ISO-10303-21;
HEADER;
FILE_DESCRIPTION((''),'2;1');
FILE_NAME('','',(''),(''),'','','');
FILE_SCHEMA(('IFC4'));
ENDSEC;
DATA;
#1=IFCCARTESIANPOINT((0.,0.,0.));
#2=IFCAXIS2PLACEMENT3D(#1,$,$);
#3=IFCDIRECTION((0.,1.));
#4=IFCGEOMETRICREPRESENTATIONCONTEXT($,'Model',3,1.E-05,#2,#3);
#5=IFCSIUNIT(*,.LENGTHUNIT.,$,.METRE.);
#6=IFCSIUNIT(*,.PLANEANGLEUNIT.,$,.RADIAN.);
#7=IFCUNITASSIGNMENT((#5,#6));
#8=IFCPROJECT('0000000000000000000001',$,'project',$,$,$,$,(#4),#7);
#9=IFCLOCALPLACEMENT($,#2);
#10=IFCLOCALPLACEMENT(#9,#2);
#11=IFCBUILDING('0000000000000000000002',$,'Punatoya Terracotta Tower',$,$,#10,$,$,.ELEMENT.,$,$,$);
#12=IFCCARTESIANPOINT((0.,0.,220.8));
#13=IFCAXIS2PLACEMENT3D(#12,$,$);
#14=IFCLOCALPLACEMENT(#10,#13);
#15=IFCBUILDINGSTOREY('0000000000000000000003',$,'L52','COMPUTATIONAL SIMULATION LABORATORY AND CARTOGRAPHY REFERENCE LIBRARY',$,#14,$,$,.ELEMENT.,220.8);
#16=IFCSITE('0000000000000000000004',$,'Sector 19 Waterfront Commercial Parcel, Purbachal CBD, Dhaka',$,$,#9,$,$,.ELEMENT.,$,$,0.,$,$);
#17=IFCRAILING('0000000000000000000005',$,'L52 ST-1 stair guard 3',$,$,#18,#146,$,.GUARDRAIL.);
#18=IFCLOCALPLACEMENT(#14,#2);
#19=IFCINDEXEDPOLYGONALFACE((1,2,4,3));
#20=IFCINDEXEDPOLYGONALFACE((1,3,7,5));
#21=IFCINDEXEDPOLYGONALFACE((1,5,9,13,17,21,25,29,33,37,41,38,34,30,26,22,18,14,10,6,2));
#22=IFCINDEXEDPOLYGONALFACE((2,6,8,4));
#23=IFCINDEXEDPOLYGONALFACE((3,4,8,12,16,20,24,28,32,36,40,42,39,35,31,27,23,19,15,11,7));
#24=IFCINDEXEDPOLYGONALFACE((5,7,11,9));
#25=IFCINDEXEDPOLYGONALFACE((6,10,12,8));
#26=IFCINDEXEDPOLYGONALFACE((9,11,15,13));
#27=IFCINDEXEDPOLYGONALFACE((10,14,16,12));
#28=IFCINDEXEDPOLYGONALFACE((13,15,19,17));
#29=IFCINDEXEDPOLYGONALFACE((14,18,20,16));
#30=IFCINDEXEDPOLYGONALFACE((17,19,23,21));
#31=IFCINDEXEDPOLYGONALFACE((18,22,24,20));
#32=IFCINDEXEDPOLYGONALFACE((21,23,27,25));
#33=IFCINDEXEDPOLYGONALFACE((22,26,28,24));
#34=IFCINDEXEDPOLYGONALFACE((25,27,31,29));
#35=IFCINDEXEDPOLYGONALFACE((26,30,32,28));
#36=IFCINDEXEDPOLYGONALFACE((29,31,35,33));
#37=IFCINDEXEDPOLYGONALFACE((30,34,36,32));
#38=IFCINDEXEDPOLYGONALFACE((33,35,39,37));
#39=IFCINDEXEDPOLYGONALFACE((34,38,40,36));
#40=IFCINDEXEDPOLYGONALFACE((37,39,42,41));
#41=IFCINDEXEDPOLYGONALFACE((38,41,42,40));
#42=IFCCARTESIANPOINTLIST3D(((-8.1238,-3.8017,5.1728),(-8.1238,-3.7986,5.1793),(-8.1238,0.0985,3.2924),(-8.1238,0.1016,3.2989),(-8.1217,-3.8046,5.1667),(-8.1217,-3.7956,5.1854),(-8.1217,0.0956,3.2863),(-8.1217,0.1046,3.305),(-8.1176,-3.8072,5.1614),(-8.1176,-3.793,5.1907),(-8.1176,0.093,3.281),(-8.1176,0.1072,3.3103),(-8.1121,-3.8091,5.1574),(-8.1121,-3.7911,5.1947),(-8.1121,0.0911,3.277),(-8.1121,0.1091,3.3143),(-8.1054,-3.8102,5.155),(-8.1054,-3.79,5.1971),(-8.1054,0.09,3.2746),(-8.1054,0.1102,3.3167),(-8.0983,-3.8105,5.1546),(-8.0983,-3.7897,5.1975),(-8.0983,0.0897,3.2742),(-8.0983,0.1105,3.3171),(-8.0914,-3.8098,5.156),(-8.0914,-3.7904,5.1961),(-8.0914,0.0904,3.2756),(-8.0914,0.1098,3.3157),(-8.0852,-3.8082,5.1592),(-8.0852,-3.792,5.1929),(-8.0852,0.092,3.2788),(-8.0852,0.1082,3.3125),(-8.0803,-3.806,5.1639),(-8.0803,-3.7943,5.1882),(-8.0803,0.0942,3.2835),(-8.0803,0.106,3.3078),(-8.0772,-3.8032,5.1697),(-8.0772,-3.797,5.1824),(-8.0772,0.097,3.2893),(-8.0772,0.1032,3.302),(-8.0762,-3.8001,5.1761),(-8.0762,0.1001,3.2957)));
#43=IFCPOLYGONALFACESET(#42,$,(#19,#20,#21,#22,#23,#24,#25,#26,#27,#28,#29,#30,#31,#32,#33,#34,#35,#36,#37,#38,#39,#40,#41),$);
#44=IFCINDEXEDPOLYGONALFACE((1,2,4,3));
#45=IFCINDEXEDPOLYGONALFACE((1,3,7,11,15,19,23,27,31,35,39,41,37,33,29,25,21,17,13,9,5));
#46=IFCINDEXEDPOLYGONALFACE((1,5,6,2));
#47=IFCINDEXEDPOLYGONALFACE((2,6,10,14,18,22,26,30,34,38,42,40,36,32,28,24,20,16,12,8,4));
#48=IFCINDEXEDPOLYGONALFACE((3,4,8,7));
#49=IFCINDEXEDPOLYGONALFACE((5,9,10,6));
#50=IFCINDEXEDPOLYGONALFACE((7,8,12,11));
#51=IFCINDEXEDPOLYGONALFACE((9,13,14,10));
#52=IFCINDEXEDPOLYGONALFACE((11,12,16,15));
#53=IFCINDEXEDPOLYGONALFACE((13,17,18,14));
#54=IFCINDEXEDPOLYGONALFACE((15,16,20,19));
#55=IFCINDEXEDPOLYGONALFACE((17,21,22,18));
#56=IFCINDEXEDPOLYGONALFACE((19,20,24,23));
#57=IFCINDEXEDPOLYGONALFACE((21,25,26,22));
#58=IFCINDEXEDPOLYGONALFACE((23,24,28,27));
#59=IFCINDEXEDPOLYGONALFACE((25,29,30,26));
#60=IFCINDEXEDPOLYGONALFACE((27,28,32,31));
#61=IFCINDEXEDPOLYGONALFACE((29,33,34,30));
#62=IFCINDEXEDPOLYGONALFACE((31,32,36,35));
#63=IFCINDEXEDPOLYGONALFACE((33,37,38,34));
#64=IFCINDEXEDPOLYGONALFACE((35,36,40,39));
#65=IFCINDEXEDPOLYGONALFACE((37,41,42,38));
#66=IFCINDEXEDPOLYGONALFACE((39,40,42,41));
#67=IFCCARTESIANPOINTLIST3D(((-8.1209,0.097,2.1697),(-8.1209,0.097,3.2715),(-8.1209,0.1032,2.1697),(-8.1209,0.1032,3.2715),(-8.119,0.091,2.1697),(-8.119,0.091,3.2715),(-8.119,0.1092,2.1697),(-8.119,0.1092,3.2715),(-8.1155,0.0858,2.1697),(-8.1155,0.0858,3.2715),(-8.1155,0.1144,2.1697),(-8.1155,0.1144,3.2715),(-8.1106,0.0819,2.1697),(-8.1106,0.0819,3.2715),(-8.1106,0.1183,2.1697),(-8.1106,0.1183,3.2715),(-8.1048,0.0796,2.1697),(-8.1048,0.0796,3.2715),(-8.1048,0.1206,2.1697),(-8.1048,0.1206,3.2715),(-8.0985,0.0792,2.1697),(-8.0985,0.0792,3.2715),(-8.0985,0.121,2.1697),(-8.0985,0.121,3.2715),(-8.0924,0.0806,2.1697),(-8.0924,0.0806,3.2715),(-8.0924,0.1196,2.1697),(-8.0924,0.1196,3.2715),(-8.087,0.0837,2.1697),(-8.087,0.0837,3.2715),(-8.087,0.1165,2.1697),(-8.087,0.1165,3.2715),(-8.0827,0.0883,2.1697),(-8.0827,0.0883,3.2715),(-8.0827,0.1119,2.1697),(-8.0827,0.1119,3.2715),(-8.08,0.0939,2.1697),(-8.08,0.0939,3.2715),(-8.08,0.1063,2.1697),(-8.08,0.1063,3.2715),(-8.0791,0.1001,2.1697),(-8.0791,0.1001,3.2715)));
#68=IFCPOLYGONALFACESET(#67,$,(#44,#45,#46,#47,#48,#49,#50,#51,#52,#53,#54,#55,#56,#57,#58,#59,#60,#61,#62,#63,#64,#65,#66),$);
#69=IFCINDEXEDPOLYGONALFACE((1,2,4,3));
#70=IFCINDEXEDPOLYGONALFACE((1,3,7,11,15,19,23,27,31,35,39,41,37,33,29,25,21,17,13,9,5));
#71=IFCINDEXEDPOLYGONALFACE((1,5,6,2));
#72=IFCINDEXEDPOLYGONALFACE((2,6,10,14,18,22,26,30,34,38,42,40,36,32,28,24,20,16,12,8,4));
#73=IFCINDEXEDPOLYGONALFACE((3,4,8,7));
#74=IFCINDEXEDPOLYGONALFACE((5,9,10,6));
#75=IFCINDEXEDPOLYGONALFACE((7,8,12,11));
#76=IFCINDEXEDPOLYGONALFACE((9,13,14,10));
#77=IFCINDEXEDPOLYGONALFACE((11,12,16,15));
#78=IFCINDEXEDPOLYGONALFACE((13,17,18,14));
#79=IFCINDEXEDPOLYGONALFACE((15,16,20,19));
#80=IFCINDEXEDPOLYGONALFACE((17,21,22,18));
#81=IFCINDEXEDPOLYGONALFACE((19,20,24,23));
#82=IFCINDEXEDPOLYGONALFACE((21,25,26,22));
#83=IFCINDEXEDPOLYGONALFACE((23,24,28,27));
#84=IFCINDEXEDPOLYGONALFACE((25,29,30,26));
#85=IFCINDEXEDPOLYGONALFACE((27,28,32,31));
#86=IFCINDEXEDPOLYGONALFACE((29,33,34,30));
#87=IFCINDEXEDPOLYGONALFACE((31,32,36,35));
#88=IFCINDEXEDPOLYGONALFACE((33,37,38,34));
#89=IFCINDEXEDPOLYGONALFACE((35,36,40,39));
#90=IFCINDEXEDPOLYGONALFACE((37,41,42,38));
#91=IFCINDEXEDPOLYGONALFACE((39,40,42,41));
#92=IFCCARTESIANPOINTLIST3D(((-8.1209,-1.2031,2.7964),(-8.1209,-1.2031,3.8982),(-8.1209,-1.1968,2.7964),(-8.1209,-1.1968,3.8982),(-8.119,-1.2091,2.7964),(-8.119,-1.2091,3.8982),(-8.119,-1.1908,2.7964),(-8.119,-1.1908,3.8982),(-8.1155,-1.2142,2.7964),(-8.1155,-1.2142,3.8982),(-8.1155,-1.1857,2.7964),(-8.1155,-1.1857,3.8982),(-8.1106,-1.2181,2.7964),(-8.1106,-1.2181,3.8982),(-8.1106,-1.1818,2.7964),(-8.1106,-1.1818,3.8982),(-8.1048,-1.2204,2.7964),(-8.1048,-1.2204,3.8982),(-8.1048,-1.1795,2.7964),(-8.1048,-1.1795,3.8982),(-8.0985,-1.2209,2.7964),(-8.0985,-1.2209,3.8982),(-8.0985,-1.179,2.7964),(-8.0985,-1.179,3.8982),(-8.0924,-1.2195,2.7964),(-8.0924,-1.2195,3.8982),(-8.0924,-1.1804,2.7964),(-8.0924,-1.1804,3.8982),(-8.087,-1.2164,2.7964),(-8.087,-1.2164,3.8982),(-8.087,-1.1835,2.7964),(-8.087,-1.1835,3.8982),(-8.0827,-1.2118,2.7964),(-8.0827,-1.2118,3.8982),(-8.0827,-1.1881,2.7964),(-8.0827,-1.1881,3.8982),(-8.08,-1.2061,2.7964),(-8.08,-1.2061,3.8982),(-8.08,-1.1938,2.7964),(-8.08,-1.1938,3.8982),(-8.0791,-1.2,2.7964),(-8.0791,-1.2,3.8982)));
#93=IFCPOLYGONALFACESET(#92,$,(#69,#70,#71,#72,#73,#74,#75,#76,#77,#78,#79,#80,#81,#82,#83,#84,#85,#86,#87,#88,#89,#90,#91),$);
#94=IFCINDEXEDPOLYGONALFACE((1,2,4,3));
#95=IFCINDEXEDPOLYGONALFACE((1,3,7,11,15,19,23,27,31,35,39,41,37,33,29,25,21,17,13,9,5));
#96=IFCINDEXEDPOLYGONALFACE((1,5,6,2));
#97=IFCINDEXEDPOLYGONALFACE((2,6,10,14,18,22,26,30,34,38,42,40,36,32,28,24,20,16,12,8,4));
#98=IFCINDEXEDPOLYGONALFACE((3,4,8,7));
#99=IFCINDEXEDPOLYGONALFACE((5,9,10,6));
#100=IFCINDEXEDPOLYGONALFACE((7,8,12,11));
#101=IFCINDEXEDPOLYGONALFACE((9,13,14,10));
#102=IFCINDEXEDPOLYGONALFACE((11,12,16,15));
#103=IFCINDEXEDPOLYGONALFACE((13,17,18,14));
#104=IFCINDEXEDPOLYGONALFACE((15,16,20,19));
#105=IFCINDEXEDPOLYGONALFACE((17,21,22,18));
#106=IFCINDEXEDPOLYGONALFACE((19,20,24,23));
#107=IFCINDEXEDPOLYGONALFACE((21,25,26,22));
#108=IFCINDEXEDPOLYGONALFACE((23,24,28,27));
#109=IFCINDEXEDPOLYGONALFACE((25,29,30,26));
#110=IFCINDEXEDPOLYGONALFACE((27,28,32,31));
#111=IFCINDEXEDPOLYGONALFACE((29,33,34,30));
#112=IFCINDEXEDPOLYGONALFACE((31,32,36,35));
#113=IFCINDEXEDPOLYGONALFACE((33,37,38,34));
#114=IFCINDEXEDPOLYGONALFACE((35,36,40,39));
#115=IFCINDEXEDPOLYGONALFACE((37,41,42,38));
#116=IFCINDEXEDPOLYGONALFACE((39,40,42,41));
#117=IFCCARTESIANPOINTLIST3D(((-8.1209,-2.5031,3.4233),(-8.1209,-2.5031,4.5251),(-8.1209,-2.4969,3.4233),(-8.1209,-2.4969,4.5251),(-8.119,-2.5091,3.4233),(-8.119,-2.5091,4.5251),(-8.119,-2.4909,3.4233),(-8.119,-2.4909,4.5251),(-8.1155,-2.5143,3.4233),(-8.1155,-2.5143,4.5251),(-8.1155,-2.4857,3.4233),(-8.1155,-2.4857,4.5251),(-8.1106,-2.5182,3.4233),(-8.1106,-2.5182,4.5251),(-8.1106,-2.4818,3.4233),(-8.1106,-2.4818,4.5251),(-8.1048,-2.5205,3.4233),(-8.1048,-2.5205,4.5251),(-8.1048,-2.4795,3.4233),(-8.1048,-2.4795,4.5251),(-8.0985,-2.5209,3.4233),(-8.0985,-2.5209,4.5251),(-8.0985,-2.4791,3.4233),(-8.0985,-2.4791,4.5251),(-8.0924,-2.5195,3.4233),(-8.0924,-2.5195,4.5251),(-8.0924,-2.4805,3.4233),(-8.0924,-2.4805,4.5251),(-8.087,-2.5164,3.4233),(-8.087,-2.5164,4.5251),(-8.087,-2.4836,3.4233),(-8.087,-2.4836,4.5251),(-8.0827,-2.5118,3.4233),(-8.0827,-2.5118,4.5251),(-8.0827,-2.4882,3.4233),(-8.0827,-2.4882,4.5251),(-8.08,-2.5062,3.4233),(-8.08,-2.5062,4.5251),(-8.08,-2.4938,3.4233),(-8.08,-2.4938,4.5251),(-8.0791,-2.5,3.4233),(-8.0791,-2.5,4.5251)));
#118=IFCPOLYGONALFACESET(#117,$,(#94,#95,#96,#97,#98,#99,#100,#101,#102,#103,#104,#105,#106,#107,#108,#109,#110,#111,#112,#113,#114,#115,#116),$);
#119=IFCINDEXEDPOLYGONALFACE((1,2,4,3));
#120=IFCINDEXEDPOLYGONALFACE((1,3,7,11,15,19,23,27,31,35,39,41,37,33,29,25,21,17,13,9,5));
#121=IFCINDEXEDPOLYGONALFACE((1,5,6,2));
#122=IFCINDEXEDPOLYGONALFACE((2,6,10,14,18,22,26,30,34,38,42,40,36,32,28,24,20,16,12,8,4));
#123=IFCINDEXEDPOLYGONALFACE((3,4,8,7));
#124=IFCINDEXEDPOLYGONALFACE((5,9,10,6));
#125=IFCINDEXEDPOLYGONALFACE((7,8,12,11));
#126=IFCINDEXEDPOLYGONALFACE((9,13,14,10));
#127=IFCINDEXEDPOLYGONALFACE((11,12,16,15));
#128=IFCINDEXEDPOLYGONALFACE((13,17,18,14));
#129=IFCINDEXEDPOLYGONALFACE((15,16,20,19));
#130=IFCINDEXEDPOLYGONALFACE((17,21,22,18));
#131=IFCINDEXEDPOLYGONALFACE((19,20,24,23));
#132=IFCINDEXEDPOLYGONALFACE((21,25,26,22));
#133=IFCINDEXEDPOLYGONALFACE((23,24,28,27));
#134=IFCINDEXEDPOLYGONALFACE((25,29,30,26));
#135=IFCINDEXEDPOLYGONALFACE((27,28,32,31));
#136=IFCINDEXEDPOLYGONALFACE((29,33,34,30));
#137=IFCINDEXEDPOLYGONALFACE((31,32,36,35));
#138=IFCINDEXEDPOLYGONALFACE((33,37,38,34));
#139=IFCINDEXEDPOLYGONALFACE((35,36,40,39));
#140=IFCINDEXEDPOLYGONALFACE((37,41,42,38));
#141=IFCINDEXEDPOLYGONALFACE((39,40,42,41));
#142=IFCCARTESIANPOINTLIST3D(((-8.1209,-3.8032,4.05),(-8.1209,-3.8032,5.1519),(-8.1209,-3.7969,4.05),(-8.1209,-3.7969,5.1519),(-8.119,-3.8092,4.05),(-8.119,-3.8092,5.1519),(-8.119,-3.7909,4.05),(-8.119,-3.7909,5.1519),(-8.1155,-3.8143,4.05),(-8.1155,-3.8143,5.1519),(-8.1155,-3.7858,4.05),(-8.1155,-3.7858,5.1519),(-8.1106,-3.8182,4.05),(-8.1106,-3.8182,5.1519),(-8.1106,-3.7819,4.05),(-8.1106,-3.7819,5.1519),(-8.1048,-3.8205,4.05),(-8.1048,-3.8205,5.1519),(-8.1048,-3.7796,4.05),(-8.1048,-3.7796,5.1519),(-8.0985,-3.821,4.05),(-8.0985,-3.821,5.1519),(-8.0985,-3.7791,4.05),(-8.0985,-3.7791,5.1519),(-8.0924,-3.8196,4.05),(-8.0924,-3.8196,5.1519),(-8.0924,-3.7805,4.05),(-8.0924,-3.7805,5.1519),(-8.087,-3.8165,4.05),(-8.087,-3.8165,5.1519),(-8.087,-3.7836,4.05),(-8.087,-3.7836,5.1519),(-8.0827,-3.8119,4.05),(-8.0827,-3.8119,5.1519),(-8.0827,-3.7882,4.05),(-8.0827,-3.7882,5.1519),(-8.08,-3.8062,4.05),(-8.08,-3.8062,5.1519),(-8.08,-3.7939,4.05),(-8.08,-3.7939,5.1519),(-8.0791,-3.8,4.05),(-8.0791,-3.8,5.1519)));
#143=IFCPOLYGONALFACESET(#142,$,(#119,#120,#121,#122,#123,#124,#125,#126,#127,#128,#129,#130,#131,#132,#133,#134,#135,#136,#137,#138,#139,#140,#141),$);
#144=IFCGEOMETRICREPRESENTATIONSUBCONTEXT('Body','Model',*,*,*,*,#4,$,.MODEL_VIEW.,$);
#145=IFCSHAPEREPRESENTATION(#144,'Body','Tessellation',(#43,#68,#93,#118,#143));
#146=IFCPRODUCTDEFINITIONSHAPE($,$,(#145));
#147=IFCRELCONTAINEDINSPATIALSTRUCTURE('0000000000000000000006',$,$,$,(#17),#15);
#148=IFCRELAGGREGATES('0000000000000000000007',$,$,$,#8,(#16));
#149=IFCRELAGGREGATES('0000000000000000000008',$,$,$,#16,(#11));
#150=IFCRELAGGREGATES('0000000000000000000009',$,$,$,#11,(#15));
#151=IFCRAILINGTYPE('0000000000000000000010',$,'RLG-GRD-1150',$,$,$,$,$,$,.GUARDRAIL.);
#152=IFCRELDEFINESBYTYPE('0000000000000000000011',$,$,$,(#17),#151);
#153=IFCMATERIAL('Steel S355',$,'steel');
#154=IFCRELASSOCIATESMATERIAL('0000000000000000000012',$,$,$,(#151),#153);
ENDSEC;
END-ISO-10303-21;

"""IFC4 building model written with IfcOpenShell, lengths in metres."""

from ifc_helpers import new_model, si_unit, direction, frame, origin, origin_2d, place, context, subcontext, project, spatial, circle, extrude, material, type_object, element, save


model = new_model("IFC4")

# Units and contexts
model_context = context("Model", 3, precision=1e-05, world=origin(), true_north=direction((0.0, 1.0)))
body_context = subcontext(model_context, "Body", "Model", "MODEL_VIEW")
ifc_project = project(units=[si_unit("LENGTHUNIT", "METRE"), si_unit("PLANEANGLEUNIT", "RADIAN")], contexts=[model_context])

# Site, building, storey
site_placement = place(None, origin())
site = spatial("IfcSite", under=ifc_project, at=site_placement, Name="Sector 19 Waterfront Commercial Parcel, Purbachal CBD, Dhaka", CompositionType="ELEMENT", RefElevation=0.0)
building_placement = place(site_placement, origin())
building = spatial("IfcBuilding", under=site, at=building_placement, Name="Punatoya Terracotta Tower", CompositionType="ELEMENT")
storey_placement = place(building_placement, frame((0.0, 0.0, 220.8)))
storey = spatial("IfcBuildingStorey", under=building, at=storey_placement, Name="L52", Description="COMPUTATIONAL SIMULATION LABORATORY AND CARTOGRAPHY REFERENCE LIBRARY", CompositionType="ELEMENT", Elevation=220.8)

# Railing
ifc_material_1 = material(Name="Steel S355", Category="steel")
railing_type_1 = type_object("IfcRailingType", Name="RLG-GRD-1150", PredefinedType="GUARDRAIL", material=ifc_material_1)
railing_1_placement = place(storey_placement, frame((-8.1001, 0.1001, 2.1697)))
element("IfcRailing", 1, at=railing_1_placement, inside=storey, type_object=railing_type_1, Name="L52 ST-1 stair guard 3", PredefinedType="GUARDRAIL", context=body_context, shape_type="SweptSolid", body=[
    extrude(circle(Radius=0.0239, at=origin_2d()), frame((0.0, 0.0, 1.126), z_axis=(0.0, -0.900774, 0.434289), x_axis=(1.0, 0.0, 0.0)), (0.0, 0.0, 1.0), 4.3298),
    extrude(circle(Radius=0.021, at=origin_2d()), origin(), (0.0, 0.0, 1.0), 1.1018),
    extrude(circle(Radius=0.021, at=origin_2d()), frame((0.0, -1.3, 0.6267)), (0.0, 0.0, 1.0), 1.1018),
    extrude(circle(Radius=0.021, at=origin_2d()), frame((0.0, -2.6001, 1.2537)), (0.0, 0.0, 1.0), 1.1018),
    extrude(circle(Radius=0.021, at=origin_2d()), frame((0.0, -3.9001, 1.8804)), (0.0, 0.0, 1.0), 1.1018),
])

save(model, "model.ifc")
